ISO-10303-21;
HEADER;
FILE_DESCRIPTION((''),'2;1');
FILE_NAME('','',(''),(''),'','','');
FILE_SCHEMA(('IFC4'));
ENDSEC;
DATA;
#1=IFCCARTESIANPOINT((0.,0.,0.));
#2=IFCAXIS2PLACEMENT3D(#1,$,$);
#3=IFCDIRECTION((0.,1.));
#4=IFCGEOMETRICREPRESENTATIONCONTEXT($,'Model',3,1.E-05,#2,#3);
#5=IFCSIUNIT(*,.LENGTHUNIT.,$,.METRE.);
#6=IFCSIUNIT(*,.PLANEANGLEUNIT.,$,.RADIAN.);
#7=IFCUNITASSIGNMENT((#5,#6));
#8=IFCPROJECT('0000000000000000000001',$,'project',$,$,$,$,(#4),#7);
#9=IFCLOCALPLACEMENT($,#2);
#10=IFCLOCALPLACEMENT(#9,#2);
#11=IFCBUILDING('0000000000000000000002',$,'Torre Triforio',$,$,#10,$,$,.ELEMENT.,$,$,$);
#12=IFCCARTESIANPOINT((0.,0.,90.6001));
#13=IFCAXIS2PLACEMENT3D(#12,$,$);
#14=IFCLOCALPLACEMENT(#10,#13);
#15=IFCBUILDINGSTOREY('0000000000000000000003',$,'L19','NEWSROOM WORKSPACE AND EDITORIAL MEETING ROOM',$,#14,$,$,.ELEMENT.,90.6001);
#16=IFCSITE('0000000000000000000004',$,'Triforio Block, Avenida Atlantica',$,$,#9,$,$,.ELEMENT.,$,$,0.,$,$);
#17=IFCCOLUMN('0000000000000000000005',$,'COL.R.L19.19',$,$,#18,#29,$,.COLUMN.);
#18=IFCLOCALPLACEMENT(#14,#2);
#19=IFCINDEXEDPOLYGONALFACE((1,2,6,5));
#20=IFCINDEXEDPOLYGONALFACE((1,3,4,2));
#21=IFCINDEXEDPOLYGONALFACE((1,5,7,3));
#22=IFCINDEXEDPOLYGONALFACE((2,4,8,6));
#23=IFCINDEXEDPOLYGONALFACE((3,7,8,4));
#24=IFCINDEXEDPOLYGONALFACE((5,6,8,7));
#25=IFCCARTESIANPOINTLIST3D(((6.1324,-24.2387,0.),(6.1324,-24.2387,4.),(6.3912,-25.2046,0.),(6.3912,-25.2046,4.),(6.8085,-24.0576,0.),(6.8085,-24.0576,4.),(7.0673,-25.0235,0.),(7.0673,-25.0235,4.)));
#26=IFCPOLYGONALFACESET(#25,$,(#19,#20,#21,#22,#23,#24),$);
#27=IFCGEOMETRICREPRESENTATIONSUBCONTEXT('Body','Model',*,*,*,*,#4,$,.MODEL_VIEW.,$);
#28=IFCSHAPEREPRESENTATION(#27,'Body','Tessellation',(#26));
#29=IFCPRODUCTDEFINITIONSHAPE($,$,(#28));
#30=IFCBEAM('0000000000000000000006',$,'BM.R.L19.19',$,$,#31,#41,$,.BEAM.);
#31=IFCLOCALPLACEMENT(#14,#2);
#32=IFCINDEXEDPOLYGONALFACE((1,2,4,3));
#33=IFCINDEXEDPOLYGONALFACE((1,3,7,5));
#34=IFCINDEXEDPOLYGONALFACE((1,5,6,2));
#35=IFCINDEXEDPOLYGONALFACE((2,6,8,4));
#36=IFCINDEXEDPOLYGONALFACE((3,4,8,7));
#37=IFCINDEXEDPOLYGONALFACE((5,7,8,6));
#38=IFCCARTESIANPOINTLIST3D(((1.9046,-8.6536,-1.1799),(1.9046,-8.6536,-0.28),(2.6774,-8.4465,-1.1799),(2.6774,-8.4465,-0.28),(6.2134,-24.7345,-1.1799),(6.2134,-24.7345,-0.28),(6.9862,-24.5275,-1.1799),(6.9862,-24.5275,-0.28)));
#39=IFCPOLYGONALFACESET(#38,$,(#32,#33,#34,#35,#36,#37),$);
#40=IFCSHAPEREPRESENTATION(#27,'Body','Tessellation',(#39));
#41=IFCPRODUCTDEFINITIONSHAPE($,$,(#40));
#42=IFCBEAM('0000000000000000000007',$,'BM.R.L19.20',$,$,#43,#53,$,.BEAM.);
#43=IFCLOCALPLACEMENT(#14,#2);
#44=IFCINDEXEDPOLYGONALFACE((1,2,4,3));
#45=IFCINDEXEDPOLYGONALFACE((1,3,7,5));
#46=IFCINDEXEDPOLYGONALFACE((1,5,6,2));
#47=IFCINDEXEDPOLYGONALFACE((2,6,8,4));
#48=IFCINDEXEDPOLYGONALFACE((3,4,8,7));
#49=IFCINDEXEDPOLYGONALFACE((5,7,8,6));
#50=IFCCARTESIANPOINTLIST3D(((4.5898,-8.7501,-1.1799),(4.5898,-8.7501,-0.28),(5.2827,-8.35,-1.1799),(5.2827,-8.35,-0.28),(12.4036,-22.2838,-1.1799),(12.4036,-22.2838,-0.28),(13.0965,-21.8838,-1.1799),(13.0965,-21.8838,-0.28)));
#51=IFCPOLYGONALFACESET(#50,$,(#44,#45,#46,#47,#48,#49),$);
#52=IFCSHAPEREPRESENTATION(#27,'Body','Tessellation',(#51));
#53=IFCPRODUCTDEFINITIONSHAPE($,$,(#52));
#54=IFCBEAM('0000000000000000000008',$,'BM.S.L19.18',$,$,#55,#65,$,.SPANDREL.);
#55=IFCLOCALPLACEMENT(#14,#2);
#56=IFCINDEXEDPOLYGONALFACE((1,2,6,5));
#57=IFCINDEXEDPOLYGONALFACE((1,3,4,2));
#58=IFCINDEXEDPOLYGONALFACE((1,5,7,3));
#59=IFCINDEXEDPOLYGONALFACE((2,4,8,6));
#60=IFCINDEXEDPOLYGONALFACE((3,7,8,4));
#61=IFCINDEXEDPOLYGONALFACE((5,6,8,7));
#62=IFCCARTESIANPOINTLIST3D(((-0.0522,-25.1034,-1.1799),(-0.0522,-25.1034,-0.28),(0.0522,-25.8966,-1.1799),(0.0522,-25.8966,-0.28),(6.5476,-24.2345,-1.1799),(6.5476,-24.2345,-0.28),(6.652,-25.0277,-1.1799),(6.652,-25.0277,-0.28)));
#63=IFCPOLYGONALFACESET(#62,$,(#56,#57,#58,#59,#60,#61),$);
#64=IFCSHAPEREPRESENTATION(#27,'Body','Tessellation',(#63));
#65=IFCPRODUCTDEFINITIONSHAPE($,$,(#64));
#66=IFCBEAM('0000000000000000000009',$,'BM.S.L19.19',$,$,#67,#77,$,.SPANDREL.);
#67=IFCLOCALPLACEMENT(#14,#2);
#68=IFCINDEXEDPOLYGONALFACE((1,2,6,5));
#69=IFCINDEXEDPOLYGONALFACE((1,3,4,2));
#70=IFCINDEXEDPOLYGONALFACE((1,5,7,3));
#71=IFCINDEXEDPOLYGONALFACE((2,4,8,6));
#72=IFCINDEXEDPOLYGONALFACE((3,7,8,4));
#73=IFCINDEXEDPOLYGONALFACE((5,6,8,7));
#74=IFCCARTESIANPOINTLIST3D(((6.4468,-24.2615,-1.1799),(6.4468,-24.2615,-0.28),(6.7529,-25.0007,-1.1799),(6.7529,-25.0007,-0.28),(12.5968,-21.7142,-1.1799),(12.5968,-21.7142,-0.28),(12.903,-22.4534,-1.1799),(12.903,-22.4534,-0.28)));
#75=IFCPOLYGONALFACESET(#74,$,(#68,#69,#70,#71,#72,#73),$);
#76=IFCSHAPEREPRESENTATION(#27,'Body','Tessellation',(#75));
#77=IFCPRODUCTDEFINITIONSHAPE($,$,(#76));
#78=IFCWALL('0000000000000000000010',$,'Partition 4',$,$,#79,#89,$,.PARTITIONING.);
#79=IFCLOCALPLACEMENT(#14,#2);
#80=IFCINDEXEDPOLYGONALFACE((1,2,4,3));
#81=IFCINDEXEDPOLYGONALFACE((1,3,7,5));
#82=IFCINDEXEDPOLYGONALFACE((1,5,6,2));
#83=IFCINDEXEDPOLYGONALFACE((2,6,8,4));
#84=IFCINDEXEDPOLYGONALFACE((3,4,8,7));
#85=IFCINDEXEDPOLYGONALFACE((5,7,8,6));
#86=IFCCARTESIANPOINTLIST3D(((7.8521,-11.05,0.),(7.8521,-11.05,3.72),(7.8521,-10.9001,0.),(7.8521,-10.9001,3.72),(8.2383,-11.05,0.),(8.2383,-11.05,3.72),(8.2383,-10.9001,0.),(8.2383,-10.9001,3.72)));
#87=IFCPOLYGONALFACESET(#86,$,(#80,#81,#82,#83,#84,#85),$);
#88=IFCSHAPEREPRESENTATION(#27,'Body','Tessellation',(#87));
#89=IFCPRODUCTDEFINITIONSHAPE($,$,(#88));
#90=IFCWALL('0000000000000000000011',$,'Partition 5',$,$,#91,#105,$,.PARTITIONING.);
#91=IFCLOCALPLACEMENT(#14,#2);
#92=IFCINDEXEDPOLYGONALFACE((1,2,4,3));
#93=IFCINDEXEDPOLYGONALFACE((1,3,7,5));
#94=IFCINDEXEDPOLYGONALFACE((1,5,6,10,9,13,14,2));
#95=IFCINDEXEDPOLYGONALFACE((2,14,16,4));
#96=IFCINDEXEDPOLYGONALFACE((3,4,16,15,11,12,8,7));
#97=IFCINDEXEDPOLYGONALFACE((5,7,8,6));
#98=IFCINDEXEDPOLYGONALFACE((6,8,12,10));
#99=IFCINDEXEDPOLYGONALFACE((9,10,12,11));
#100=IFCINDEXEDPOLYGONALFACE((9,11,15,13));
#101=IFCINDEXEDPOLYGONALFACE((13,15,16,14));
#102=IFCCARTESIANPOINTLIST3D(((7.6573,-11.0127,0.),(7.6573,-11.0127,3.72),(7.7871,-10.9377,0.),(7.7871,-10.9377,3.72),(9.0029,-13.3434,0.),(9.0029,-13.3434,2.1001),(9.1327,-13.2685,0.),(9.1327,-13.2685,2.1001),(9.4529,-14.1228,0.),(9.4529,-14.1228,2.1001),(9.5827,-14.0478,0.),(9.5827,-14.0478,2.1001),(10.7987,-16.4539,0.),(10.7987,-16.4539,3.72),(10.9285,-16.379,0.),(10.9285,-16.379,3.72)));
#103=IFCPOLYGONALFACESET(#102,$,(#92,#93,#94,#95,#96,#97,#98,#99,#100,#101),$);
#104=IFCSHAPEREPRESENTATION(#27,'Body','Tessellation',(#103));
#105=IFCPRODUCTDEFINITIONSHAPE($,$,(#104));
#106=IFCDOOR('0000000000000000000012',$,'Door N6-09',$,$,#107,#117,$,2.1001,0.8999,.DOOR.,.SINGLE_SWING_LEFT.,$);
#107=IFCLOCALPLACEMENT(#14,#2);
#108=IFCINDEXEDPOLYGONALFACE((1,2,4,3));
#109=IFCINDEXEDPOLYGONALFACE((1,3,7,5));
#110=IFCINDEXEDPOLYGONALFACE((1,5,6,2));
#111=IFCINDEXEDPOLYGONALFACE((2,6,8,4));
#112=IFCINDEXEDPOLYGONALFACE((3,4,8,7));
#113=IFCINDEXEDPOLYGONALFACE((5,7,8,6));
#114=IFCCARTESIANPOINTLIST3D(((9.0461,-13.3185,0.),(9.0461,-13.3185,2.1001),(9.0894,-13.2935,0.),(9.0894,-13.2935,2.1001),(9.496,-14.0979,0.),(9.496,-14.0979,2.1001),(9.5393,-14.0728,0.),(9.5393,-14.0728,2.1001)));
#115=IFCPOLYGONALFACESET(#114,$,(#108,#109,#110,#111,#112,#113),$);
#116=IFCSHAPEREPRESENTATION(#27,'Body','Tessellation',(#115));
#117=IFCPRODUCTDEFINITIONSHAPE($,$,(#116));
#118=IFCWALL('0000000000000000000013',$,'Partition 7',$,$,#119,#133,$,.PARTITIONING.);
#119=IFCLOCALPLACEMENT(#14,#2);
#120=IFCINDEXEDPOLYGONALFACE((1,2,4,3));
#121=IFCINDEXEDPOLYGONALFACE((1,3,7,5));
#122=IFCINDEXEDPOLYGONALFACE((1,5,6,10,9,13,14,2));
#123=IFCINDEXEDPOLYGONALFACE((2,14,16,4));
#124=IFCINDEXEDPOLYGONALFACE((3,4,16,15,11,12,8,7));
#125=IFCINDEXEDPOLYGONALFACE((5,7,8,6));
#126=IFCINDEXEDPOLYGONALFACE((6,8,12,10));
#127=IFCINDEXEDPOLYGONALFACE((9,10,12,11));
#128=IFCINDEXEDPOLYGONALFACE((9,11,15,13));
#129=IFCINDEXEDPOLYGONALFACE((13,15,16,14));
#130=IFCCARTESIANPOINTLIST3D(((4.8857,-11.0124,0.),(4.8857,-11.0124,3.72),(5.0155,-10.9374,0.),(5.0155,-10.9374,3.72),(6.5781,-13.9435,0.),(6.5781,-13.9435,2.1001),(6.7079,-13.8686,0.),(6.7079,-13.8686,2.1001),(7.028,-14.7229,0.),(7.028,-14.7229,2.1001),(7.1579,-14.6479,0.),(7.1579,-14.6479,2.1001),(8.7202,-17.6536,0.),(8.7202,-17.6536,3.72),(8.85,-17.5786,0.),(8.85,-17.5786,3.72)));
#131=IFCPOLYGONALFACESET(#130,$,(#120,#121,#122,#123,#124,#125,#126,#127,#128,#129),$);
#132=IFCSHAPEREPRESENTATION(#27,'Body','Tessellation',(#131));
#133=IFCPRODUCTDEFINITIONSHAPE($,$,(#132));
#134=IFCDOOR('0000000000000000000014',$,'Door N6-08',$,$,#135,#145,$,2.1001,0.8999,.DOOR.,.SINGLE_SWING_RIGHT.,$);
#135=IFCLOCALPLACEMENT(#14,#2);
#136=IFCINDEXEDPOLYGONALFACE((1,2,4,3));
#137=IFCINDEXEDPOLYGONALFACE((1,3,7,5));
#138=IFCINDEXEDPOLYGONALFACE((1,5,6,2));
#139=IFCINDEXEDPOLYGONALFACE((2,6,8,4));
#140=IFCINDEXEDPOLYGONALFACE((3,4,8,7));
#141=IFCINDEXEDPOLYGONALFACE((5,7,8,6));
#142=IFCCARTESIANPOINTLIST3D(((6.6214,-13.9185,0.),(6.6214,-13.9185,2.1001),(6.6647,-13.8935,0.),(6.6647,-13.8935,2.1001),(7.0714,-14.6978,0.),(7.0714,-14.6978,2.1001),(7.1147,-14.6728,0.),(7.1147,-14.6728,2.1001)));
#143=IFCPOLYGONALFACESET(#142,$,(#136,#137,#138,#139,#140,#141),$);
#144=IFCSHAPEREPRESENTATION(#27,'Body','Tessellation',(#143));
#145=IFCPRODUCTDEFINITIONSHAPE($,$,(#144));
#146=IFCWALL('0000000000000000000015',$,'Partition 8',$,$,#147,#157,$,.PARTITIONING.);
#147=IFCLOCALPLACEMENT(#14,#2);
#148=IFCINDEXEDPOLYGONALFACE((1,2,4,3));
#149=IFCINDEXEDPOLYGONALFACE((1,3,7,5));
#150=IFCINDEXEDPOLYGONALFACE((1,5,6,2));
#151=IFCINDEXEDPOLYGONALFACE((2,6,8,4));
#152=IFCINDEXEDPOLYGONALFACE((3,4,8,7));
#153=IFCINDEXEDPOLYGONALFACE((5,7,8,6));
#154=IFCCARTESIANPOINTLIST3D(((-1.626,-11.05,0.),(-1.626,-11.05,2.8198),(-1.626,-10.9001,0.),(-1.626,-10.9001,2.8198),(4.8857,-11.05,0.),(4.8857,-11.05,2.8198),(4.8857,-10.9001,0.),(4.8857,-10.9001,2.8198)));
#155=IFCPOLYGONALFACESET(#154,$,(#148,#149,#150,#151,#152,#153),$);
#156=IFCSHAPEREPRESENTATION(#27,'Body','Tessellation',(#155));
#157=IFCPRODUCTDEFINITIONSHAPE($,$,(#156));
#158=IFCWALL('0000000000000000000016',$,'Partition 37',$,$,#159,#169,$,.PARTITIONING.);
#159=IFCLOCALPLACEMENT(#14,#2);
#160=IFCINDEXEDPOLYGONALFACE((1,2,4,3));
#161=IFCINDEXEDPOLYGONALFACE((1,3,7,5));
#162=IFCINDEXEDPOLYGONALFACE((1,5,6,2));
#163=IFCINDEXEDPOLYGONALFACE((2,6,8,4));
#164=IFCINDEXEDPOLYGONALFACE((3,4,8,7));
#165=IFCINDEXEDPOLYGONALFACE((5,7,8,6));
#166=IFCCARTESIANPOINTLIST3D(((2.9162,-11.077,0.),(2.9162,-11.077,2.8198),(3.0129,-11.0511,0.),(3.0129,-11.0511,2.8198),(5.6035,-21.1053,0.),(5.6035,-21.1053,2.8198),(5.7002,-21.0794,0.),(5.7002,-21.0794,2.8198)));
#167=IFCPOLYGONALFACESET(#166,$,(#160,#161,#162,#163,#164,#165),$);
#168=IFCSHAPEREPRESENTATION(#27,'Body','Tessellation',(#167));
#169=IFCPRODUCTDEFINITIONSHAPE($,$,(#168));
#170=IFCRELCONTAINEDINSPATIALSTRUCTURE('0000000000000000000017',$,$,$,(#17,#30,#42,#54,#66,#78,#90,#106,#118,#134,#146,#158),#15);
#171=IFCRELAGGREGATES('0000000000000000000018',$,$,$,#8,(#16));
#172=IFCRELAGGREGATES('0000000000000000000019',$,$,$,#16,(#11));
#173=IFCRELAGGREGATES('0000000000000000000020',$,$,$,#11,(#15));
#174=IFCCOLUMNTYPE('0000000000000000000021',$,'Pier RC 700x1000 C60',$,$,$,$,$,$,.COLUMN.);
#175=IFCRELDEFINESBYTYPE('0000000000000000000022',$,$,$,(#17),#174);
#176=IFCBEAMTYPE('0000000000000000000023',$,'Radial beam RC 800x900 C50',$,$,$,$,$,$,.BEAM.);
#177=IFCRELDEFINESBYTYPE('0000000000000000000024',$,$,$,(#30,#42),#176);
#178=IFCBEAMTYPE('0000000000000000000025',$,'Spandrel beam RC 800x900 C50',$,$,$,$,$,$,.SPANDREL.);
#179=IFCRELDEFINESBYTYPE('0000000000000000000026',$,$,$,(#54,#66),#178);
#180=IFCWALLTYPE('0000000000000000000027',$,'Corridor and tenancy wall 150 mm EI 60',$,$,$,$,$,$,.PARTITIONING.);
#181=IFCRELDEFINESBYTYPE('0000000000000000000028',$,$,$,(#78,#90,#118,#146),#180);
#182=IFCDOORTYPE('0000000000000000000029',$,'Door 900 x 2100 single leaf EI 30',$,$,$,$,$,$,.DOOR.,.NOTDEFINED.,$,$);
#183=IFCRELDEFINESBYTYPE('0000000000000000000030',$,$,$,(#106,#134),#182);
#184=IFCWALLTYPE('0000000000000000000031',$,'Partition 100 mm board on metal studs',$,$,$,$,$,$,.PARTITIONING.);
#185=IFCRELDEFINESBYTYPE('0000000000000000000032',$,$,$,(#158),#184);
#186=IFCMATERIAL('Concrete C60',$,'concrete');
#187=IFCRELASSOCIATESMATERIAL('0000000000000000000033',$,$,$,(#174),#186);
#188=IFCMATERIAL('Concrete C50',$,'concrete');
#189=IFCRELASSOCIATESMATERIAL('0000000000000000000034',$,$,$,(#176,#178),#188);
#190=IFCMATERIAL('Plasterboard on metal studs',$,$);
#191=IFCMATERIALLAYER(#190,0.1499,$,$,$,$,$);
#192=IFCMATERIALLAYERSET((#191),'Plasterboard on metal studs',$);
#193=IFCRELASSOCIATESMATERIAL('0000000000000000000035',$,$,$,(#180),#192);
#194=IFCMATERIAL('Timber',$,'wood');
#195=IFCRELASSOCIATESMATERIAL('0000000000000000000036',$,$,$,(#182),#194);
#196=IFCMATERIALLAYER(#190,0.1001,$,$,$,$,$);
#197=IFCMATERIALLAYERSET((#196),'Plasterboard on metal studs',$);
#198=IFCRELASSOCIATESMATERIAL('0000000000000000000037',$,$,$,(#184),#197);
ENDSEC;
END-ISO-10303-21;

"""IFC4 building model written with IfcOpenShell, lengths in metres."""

from ifc_helpers import new_model, si_unit, direction, frame, frame_2d, origin, origin_2d, place, context, subcontext, project, spatial, rectangle, extrude, material, layer, layer_set, material_profile, profile_set, type_object, element, fill, save


model = new_model("IFC4")

# Units and contexts
model_context = context("Model", 3, precision=1e-05, world=origin(), true_north=direction((0.0, 1.0)))
body_context = subcontext(model_context, "Body", "Model", "MODEL_VIEW")
ifc_project = project(units=[si_unit("LENGTHUNIT", "METRE"), si_unit("PLANEANGLEUNIT", "RADIAN")], contexts=[model_context])

# Site, building, storey
site_placement = place(None, origin())
site = spatial("IfcSite", under=ifc_project, at=site_placement, Name="Triforio Block, Avenida Atlantica", CompositionType="ELEMENT", RefElevation=0.0)
building_placement = place(site_placement, origin())
building = spatial("IfcBuilding", under=site, at=building_placement, Name="Torre Triforio", CompositionType="ELEMENT")
storey_placement = place(building_placement, frame((0.0, 0.0, 90.6001)))
storey = spatial("IfcBuildingStorey", under=building, at=storey_placement, Name="L19", Description="NEWSROOM WORKSPACE AND EDITORIAL MEETING ROOM", CompositionType="ELEMENT", Elevation=90.6001)

# Column
ifc_material_1 = material(Name="Concrete C60", Category="concrete")
ifc_material_profile_1 = material_profile(ifc_material_1, rectangle(XDim=0.7, YDim=1.0, at=origin_2d()), Name="RC 700x1000")
ifc_profile_set_1 = profile_set([ifc_material_profile_1], Name="Concrete C60")
column_type = type_object("IfcColumnType", Name="Pier RC 700x1000 C60", PredefinedType="COLUMN", material=ifc_profile_set_1)
column_placement = place(storey_placement, frame((6.5999, -24.6311, 0.0), z_axis=(0.0, 0.0, 1.0), x_axis=(0.965926, 0.258819, 0.0)))
element("IfcColumn", 1, at=column_placement, inside=storey, type_object=column_type, Name="COL.R.L19.19", PredefinedType="COLUMN", context=body_context, shape_type="SweptSolid", body=[
    extrude(rectangle(XDim=0.7, YDim=1.0, at=origin_2d()), origin(), (0.0, 0.0, 1.0), 4.0),
])

# Beams
ifc_material_2 = material(Name="Concrete C50", Category="concrete")
ifc_material_profile_2 = material_profile(ifc_material_2, rectangle(XDim=0.8, YDim=0.8999, at=origin_2d()), Name="RC 800x900")
ifc_profile_set_2 = profile_set([ifc_material_profile_2], Name="Concrete C50")
beam_type_1 = type_object("IfcBeamType", Name="Radial beam RC 800x900 C50", PredefinedType="BEAM", material=ifc_profile_set_2)
beam_1_placement = place(storey_placement, frame((2.291, -8.55, -0.73), z_axis=(0.258815, -0.965927, 0.0), x_axis=(0.965927, 0.258815, 0.0)))
element("IfcBeam", 2, at=beam_1_placement, inside=storey, type_object=beam_type_1, Name="BM.R.L19.19", PredefinedType="BEAM", context=body_context, shape_type="SweptSolid", body=[
    extrude(rectangle(XDim=0.8, YDim=0.8999, at=origin_2d()), origin(), (0.0, 0.0, 1.0), 16.6482),
])
beam_2_placement = place(storey_placement, frame((4.9363, -8.55, -0.73), z_axis=(0.500002, -0.866024, 0.0), x_axis=(0.866024, 0.500002, 0.0)))
element("IfcBeam", 3, at=beam_2_placement, inside=storey, type_object=beam_type_1, Name="BM.R.L19.20", PredefinedType="BEAM", context=body_context, shape_type="SweptSolid", body=[
    extrude(rectangle(XDim=0.8, YDim=0.8999, at=origin_2d()), origin(), (0.0, 0.0, 1.0), 15.6274),
])
ifc_material_profile_3 = material_profile(ifc_material_2, rectangle(XDim=0.8, YDim=0.8999, at=origin_2d()), Name="RC 800x900")
ifc_profile_set_3 = profile_set([ifc_material_profile_3], Name="Concrete C50")
beam_type_2 = type_object("IfcBeamType", Name="Spandrel beam RC 800x900 C50", PredefinedType="SPANDREL", material=ifc_profile_set_3)
for number, where, z_axis, x_axis, name in (
    (4, (0.0, -25.5, -0.73), (0.991445, 0.130528, 0.0), (-0.130528, 0.991445, 0.0), "BM.S.L19.18"),
    (5, (6.5999, -24.6311, -0.73), (0.923885, 0.382669, 0.0), (-0.382669, 0.923885, 0.0), "BM.S.L19.19"),
):
    element("IfcBeam", number, at=place(storey_placement, frame(where, z_axis=z_axis, x_axis=x_axis)), inside=storey, type_object=beam_type_2, Name=name, PredefinedType="SPANDREL", context=body_context, shape_type="SweptSolid", body=[
        extrude(rectangle(XDim=0.8, YDim=0.8999, at=origin_2d()), origin(), (0.0, 0.0, 1.0), 6.6567),
    ])

# Wall
ifc_material_3 = material(Name="Plasterboard on metal studs")
ifc_layer_1 = layer(ifc_material_3, 0.1499)
ifc_layer_set_1 = layer_set([ifc_layer_1], Name="Plasterboard on metal studs")
wall_type_1 = type_object("IfcWallType", Name="Corridor and tenancy wall 150 mm EI 60", PredefinedType="PARTITIONING", material=ifc_layer_set_1)
wall_1_placement = place(storey_placement, frame((8.2383, -10.9751, 0.0), z_axis=(0.0, 0.0, 1.0), x_axis=(-1.0, 0.0, 0.0)))
element("IfcWall", 6, at=wall_1_placement, inside=storey, type_object=wall_type_1, Name="Partition 4", PredefinedType="PARTITIONING", context=body_context, shape_type="SweptSolid", body=[
    extrude(rectangle(XDim=0.3862, YDim=0.1499, at=frame_2d((0.1931, 0.0))), origin(), (0.0, 0.0, 1.0), 3.72),
])

# Walls, openings, doors
wall_2_placement = place(storey_placement, frame((7.7222, -10.9751, 0.0), z_axis=(0.0, 0.0, 1.0), x_axis=(0.499988, -0.866032, 0.0)))
wall_2 = element("IfcWall", 7, at=wall_2_placement, inside=storey, type_object=wall_type_1, Name="Partition 5", PredefinedType="PARTITIONING", context=body_context, shape_type="SweptSolid", body=[
    extrude(rectangle(XDim=6.283, YDim=0.1499, at=frame_2d((3.1416, 0.0))), origin(), (0.0, 0.0, 1.0), 3.72),
])
opening_1_placement = place(wall_2_placement, frame((2.6914, 0.0, 0.0)))
opening_1 = element("IfcOpeningElement", 8, at=opening_1_placement, cuts=wall_2, PredefinedType="OPENING", context=body_context, shape_type="SweptSolid", body=[
    extrude(rectangle(XDim=0.8999, YDim=2.1001, at=frame_2d((0.45, 1.05))), frame((0.0, 0.085, 0.0), z_axis=(0.0, -1.0, 0.0), x_axis=(1.0, 0.0, 0.0)), (0.0, 0.0, 1.0), 0.1699),
])
ifc_material_4 = material(Name="Timber", Category="wood")
door_type_1 = type_object("IfcDoorType", Name="Door 900 x 2100 single leaf EI 30", OperationType="NOTDEFINED", PredefinedType="DOOR", material=ifc_material_4)
door_1_placement = place(opening_1_placement, origin())
door_1 = element("IfcDoor", 9, at=door_1_placement, inside=storey, type_object=door_type_1, Name="Door N6-09", OperationType="SINGLE_SWING_LEFT", OverallHeight=2.1001, OverallWidth=0.8999, PredefinedType="DOOR", context=body_context, shape_type="SweptSolid", body=[
    extrude(rectangle(XDim=0.8999, YDim=2.1001, at=frame_2d((0.45, 1.05))), frame((0.0, 0.0249, 0.0), z_axis=(0.0, -1.0, 0.0), x_axis=(1.0, 0.0, 0.0)), (0.0, 0.0, 1.0), 0.05),
])
fill(opening_1, door_1)
wall_3_placement = place(storey_placement, frame((8.7852, -17.6162, 0.0), z_axis=(0.0, 0.0, 1.0), x_axis=(-0.500022, 0.866013, 0.0)))
wall_3 = element("IfcWall", 10, at=wall_3_placement, inside=storey, type_object=wall_type_1, Name="Partition 7", PredefinedType="PARTITIONING", context=body_context, shape_type="SweptSolid", body=[
    extrude(rectangle(XDim=7.6687, YDim=0.1499, at=frame_2d((3.8345, 0.0))), origin(), (0.0, 0.0, 1.0), 3.72),
])
opening_2_placement = place(wall_3_placement, frame((3.3843, 0.0, 0.0)))
opening_2 = element("IfcOpeningElement", 11, at=opening_2_placement, cuts=wall_3, PredefinedType="OPENING", context=body_context, shape_type="SweptSolid", body=[
    extrude(rectangle(XDim=0.8999, YDim=2.1001, at=frame_2d((0.45, 1.05))), frame((0.0, 0.085, 0.0), z_axis=(0.0, -1.0, 0.0), x_axis=(1.0, 0.0, 0.0)), (0.0, 0.0, 1.0), 0.1699),
])
door_2_placement = place(opening_2_placement, origin())
door_2 = element("IfcDoor", 12, at=door_2_placement, inside=storey, type_object=door_type_1, Name="Door N6-08", OperationType="SINGLE_SWING_RIGHT", OverallHeight=2.1001, OverallWidth=0.8999, PredefinedType="DOOR", context=body_context, shape_type="SweptSolid", body=[
    extrude(rectangle(XDim=0.8999, YDim=2.1001, at=frame_2d((0.45, 1.05))), frame((0.0, 0.0249, 0.0), z_axis=(0.0, -1.0, 0.0), x_axis=(1.0, 0.0, 0.0)), (0.0, 0.0, 1.0), 0.05),
])
fill(opening_2, door_2)

# Walls
wall_4_placement = place(storey_placement, frame((4.8857, -10.9751, 0.0), z_axis=(0.0, 0.0, 1.0), x_axis=(-1.0, 0.0, 0.0)))
element("IfcWall", 13, at=wall_4_placement, inside=storey, type_object=wall_type_1, Name="Partition 8", PredefinedType="PARTITIONING", context=body_context, shape_type="SweptSolid", body=[
    extrude(rectangle(XDim=6.5117, YDim=0.1499, at=frame_2d((3.2559, 0.0))), origin(), (0.0, 0.0, 1.0), 2.8198),
])
ifc_layer_2 = layer(ifc_material_3, 0.1001)
ifc_layer_set_2 = layer_set([ifc_layer_2], Name="Plasterboard on metal studs")
wall_type_2 = type_object("IfcWallType", Name="Partition 100 mm board on metal studs", PredefinedType="PARTITIONING", material=ifc_layer_set_2)
wall_5_placement = place(storey_placement, frame((2.9646, -11.0642, 0.0), z_axis=(0.0, 0.0, 1.0), x_axis=(0.258835, -0.965922, 0.0)))
element("IfcWall", 14, at=wall_5_placement, inside=storey, type_object=wall_type_2, Name="Partition 37", PredefinedType="PARTITIONING", context=body_context, shape_type="SweptSolid", body=[
    extrude(rectangle(XDim=10.3821, YDim=0.1001, at=frame_2d((5.1909, 0.0))), origin(), (0.0, 0.0, 1.0), 2.8198),
])

save(model, "model.ifc")
